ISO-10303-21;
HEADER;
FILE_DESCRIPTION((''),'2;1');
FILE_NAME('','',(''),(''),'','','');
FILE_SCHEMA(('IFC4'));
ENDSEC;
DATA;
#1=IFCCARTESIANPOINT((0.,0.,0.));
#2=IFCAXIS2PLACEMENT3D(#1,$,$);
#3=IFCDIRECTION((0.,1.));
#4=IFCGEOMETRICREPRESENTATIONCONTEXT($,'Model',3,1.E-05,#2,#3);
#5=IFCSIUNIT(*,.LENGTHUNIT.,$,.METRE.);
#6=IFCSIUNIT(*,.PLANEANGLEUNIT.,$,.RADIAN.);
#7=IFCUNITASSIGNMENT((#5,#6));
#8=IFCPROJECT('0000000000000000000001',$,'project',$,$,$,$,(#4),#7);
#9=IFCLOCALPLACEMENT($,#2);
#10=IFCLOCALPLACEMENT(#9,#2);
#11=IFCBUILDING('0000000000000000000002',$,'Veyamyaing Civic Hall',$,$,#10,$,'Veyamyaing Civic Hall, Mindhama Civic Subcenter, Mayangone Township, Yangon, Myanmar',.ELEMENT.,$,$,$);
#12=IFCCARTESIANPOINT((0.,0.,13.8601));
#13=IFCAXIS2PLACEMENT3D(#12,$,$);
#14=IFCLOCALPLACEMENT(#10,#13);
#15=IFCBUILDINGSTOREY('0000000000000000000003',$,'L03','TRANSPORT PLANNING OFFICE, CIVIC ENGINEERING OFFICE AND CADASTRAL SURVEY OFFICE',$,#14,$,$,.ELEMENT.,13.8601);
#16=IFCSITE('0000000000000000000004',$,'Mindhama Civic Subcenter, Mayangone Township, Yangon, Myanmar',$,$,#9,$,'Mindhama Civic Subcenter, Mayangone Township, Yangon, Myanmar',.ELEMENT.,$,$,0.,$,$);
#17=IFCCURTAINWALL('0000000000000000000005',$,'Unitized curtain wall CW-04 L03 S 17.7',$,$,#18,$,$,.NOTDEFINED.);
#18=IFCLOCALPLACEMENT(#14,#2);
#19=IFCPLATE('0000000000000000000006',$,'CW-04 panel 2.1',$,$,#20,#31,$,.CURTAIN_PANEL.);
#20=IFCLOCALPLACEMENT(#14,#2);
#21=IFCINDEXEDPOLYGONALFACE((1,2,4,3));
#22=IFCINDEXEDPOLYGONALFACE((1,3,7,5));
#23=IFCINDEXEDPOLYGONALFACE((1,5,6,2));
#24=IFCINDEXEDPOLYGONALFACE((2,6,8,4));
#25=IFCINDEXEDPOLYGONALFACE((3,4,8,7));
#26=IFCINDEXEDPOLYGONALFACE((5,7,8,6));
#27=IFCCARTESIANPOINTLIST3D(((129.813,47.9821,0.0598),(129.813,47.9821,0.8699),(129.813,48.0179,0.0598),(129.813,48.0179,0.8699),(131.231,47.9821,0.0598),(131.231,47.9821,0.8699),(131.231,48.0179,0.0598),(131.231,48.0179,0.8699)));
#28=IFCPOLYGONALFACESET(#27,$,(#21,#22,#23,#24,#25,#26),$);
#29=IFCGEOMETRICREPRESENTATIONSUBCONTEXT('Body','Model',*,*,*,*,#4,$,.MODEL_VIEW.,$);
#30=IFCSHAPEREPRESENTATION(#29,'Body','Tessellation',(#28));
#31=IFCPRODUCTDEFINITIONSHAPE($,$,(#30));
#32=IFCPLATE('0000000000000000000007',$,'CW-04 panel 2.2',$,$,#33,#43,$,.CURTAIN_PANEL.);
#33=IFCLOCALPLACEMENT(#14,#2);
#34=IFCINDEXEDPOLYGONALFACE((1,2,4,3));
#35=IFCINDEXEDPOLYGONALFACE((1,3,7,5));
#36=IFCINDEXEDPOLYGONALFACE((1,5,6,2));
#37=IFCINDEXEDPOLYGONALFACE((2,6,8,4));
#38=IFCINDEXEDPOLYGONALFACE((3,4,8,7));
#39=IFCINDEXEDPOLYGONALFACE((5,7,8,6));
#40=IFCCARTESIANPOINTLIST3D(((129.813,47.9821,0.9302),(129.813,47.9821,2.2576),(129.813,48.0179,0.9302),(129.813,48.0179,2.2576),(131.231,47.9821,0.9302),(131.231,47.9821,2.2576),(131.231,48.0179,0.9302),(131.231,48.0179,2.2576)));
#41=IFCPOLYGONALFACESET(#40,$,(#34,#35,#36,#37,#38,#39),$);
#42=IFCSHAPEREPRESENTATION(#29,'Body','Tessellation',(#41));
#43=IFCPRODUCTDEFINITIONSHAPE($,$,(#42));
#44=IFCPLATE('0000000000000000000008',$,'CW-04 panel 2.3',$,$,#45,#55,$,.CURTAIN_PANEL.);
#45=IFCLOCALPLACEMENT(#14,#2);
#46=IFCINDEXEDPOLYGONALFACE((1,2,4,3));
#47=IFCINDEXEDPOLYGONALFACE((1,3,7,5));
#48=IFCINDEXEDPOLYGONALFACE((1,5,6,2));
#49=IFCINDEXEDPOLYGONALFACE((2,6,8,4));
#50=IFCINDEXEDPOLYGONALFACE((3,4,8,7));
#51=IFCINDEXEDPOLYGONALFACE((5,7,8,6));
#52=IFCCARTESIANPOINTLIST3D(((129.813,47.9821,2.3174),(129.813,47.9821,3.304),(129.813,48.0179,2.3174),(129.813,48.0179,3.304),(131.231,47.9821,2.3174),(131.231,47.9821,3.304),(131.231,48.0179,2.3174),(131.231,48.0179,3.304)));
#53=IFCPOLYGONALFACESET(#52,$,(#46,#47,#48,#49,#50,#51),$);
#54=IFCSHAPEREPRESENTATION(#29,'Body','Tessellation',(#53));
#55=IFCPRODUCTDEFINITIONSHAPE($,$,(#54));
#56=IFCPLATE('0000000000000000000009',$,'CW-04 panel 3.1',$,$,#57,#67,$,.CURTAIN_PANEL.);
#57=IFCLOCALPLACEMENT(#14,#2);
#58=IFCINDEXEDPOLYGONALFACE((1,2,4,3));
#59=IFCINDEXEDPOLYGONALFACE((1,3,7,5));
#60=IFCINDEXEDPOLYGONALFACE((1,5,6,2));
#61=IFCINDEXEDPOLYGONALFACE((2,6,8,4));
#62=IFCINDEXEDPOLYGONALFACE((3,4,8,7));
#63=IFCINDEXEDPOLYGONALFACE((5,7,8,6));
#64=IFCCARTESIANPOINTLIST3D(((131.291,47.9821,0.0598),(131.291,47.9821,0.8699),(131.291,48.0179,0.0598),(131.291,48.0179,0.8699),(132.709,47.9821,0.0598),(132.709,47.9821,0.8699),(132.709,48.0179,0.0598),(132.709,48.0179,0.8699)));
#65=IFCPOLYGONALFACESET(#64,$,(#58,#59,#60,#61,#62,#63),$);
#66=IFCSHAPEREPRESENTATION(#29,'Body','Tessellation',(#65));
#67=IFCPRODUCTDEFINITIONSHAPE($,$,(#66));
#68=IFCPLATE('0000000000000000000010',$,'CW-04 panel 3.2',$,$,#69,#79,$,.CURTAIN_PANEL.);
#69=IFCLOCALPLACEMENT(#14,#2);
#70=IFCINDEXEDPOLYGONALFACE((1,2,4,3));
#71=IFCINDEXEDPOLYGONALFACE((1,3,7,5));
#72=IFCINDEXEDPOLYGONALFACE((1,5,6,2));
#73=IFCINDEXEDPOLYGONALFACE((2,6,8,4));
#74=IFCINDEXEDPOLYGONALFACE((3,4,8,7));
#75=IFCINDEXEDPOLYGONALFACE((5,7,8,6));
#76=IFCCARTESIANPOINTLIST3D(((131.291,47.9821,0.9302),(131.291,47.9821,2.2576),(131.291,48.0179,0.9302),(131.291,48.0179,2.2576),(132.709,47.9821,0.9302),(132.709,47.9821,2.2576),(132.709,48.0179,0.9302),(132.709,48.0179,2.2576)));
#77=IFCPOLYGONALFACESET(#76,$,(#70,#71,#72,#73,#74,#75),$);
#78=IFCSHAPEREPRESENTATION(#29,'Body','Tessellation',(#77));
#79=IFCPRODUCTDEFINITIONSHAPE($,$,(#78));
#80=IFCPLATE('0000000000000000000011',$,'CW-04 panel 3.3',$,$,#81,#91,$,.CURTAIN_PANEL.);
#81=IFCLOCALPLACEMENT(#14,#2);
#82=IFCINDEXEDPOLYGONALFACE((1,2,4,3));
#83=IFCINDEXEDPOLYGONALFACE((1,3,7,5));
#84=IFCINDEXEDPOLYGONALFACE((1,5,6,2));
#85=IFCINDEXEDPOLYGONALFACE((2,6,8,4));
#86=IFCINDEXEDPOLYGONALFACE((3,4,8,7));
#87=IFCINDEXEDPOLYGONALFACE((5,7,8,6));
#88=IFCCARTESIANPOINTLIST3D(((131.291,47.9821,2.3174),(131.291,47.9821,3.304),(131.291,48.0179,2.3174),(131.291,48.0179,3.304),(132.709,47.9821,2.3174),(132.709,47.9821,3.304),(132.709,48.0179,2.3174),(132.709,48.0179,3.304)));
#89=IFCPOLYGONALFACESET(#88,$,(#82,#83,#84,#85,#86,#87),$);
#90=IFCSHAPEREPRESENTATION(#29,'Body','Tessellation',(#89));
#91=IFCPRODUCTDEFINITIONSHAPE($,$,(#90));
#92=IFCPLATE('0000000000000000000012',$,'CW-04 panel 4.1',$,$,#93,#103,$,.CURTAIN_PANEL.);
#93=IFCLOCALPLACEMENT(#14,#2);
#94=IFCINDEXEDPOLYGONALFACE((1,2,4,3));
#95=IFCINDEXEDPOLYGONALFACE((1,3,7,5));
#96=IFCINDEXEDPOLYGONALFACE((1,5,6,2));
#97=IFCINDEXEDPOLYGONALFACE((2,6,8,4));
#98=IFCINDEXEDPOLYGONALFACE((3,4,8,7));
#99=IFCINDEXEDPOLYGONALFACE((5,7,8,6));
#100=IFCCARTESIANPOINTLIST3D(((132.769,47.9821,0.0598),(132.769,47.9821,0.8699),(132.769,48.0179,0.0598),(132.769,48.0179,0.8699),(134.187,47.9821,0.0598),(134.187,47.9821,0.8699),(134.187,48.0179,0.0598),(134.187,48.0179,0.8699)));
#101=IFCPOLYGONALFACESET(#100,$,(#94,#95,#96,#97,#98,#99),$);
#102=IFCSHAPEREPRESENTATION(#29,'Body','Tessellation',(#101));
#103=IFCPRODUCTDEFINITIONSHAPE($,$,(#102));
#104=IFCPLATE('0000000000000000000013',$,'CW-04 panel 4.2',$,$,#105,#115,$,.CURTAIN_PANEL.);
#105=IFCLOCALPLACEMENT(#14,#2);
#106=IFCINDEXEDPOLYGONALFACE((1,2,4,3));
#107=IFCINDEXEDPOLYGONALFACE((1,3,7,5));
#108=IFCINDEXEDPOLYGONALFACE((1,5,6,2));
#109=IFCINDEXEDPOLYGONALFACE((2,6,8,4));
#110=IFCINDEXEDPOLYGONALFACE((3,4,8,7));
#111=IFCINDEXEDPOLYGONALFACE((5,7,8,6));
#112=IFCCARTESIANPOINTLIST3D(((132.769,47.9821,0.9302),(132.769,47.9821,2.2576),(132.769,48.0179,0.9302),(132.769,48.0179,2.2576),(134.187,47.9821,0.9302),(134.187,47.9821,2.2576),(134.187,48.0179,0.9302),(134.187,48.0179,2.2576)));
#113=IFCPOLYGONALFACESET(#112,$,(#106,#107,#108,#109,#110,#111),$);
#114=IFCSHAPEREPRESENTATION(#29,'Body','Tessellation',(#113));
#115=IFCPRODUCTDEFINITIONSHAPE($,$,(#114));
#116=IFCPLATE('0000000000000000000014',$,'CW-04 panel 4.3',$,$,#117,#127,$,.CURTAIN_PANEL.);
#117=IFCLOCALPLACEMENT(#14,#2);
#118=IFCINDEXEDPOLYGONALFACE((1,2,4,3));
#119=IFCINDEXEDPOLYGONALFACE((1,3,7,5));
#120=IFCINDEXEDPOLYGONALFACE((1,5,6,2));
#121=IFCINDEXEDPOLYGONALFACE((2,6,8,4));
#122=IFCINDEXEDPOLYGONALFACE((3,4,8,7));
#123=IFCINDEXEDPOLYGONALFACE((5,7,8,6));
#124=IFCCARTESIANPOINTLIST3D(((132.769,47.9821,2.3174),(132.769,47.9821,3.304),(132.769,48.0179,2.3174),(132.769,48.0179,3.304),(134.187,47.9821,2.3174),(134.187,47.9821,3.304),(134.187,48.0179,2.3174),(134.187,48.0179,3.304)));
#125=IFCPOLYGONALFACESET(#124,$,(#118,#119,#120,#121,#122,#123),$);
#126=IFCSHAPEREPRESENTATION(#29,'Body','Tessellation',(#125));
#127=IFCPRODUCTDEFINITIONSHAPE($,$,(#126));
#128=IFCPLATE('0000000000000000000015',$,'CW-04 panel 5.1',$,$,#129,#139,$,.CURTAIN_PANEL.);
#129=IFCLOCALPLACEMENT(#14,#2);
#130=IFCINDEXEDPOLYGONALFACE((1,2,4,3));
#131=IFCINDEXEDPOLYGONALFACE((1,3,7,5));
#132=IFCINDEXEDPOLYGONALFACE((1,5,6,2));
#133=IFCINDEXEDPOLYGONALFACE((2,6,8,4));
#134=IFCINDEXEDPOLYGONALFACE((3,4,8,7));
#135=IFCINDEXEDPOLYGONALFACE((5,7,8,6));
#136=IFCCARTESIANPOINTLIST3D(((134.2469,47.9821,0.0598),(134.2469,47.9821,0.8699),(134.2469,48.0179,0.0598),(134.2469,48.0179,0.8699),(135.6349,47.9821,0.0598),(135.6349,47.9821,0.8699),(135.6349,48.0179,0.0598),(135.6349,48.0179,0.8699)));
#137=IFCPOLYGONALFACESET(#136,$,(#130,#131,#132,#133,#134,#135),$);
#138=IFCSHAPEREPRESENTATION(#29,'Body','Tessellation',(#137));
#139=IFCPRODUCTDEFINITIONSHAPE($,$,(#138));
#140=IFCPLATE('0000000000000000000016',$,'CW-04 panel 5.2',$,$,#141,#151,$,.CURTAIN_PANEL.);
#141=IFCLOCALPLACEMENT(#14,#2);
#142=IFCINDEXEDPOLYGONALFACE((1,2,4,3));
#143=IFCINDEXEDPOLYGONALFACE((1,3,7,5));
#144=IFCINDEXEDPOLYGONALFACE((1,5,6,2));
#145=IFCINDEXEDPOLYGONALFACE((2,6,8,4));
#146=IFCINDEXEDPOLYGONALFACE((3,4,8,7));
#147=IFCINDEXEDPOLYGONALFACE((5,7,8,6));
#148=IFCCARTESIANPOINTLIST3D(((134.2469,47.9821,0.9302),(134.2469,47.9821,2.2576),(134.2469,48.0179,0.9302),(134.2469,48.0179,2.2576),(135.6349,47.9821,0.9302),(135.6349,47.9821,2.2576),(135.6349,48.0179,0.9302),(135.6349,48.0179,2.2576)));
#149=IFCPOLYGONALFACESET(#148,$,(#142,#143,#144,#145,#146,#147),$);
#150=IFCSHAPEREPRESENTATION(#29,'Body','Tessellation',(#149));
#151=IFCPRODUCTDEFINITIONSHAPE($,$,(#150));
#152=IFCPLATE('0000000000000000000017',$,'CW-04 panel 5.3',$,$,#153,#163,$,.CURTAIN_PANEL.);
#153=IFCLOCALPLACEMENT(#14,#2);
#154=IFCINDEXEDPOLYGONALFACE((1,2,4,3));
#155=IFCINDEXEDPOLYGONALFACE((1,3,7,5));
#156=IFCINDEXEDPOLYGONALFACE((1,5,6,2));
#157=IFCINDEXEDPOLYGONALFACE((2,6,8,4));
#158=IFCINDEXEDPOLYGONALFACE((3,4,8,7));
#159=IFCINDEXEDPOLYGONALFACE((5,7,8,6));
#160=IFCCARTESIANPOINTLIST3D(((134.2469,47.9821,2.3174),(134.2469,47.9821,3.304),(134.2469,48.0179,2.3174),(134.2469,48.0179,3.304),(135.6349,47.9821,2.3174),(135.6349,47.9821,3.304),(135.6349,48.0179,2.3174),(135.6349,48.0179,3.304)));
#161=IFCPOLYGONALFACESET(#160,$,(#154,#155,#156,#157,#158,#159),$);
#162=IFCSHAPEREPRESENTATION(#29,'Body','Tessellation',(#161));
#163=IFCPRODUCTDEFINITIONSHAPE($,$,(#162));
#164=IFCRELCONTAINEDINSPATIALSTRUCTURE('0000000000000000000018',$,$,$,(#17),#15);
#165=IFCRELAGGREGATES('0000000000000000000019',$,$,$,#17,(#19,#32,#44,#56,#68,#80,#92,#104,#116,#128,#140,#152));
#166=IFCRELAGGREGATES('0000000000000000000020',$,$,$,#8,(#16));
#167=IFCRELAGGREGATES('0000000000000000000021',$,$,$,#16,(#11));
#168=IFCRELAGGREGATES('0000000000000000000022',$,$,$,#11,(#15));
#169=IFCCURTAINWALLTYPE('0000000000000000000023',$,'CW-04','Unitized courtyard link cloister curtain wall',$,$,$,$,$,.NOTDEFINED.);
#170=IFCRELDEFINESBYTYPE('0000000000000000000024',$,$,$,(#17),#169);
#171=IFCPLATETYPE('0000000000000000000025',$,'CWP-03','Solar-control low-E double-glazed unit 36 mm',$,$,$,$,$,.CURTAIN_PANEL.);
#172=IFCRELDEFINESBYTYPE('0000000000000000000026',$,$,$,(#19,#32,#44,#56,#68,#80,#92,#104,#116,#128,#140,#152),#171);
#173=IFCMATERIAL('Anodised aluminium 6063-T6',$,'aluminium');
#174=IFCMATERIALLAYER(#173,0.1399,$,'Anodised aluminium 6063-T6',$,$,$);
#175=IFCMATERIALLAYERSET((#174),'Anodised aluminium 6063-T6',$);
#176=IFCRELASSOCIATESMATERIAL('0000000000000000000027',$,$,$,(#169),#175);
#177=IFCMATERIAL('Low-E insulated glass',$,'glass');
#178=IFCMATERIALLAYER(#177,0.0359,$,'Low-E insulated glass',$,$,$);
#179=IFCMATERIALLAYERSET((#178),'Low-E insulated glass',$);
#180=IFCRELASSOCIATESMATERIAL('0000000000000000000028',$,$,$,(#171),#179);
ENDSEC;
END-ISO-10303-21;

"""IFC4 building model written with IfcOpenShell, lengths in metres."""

from ifc_helpers import new_model, si_unit, direction, frame, origin, origin_2d, place, context, subcontext, project, spatial, rectangle, extrude, material, layer, layer_set, type_object, element, aggregate, save


model = new_model("IFC4")

# Units and contexts
model_context = context("Model", 3, precision=1e-05, world=origin(), true_north=direction((0.0, 1.0)))
body_context = subcontext(model_context, "Body", "Model", "MODEL_VIEW")
ifc_project = project(units=[si_unit("LENGTHUNIT", "METRE"), si_unit("PLANEANGLEUNIT", "RADIAN")], contexts=[model_context])

# Site, building, storey
site_placement = place(None, origin())
site = spatial("IfcSite", under=ifc_project, at=site_placement, Name="Mindhama Civic Subcenter, Mayangone Township, Yangon, Myanmar", LongName="Mindhama Civic Subcenter, Mayangone Township, Yangon, Myanmar", CompositionType="ELEMENT", RefElevation=0.0)
building_placement = place(site_placement, origin())
building = spatial("IfcBuilding", under=site, at=building_placement, Name="Veyamyaing Civic Hall", LongName="Veyamyaing Civic Hall, Mindhama Civic Subcenter, Mayangone Township, Yangon, Myanmar", CompositionType="ELEMENT")
storey_placement = place(building_placement, frame((0.0, 0.0, 13.8601)))
storey = spatial("IfcBuildingStorey", under=building, at=storey_placement, Name="L03", Description="TRANSPORT PLANNING OFFICE, CIVIC ENGINEERING OFFICE AND CADASTRAL SURVEY OFFICE", CompositionType="ELEMENT", Elevation=13.8601)

# Curtain wall
ifc_material_1 = material(Name="Anodised aluminium 6063-T6", Category="aluminium")
ifc_layer_1 = layer(ifc_material_1, 0.1399, Name="Anodised aluminium 6063-T6")
ifc_layer_set_1 = layer_set([ifc_layer_1], Name="Anodised aluminium 6063-T6")
curtain_wall_type = type_object("IfcCurtainWallType", Name="CW-04", Description="Unitized courtyard link cloister curtain wall", PredefinedType="NOTDEFINED", material=ifc_layer_set_1)
curtain_wall_placement = place(storey_placement, origin())
curtain_wall = element("IfcCurtainWall", 1, at=curtain_wall_placement, inside=storey, type_object=curtain_wall_type, Name="Unitized curtain wall CW-04 L03 S 17.7", PredefinedType="NOTDEFINED")

# Plates
ifc_material_2 = material(Name="Low-E insulated glass", Category="glass")
ifc_layer_2 = layer(ifc_material_2, 0.0359, Name="Low-E insulated glass")
ifc_layer_set_2 = layer_set([ifc_layer_2], Name="Low-E insulated glass")
plate_type = type_object("IfcPlateType", Name="CWP-03", Description="Solar-control low-E double-glazed unit 36 mm", PredefinedType="CURTAIN_PANEL", material=ifc_layer_set_2)
plate_1_placement = place(storey_placement, frame((130.522, 48.0, 0.0598), z_axis=(0.0, 0.0, 1.0), x_axis=(1.0, 0.0, 0.0)))
plate_1 = element("IfcPlate", 2, at=plate_1_placement, type_object=plate_type, Name="CW-04 panel 2.1", PredefinedType="CURTAIN_PANEL", context=body_context, shape_type="SweptSolid", body=[
    extrude(rectangle(XDim=1.418, YDim=0.0359, at=origin_2d()), origin(), (0.0, 0.0, 1.0), 0.8101),
])
plate_2_placement = place(storey_placement, frame((130.522, 48.0, 0.9302), z_axis=(0.0, 0.0, 1.0), x_axis=(1.0, 0.0, 0.0)))
plate_2 = element("IfcPlate", 3, at=plate_2_placement, type_object=plate_type, Name="CW-04 panel 2.2", PredefinedType="CURTAIN_PANEL", context=body_context, shape_type="SweptSolid", body=[
    extrude(rectangle(XDim=1.418, YDim=0.0359, at=origin_2d()), origin(), (0.0, 0.0, 1.0), 1.3274),
])
plate_3_placement = place(storey_placement, frame((130.522, 48.0, 2.3174), z_axis=(0.0, 0.0, 1.0), x_axis=(1.0, 0.0, 0.0)))
plate_3 = element("IfcPlate", 4, at=plate_3_placement, type_object=plate_type, Name="CW-04 panel 2.3", PredefinedType="CURTAIN_PANEL", context=body_context, shape_type="SweptSolid", body=[
    extrude(rectangle(XDim=1.418, YDim=0.0359, at=origin_2d()), origin(), (0.0, 0.0, 1.0), 0.9866),
])
plate_4_placement = place(storey_placement, frame((132.0, 48.0, 0.0598), z_axis=(0.0, 0.0, 1.0), x_axis=(1.0, 0.0, 0.0)))
plate_4 = element("IfcPlate", 5, at=plate_4_placement, type_object=plate_type, Name="CW-04 panel 3.1", PredefinedType="CURTAIN_PANEL", context=body_context, shape_type="SweptSolid", body=[
    extrude(rectangle(XDim=1.418, YDim=0.0359, at=origin_2d()), origin(), (0.0, 0.0, 1.0), 0.8101),
])
plate_5_placement = place(storey_placement, frame((132.0, 48.0, 0.9302), z_axis=(0.0, 0.0, 1.0), x_axis=(1.0, 0.0, 0.0)))
plate_5 = element("IfcPlate", 6, at=plate_5_placement, type_object=plate_type, Name="CW-04 panel 3.2", PredefinedType="CURTAIN_PANEL", context=body_context, shape_type="SweptSolid", body=[
    extrude(rectangle(XDim=1.418, YDim=0.0359, at=origin_2d()), origin(), (0.0, 0.0, 1.0), 1.3274),
])
plate_6_placement = place(storey_placement, frame((132.0, 48.0, 2.3174), z_axis=(0.0, 0.0, 1.0), x_axis=(1.0, 0.0, 0.0)))
plate_6 = element("IfcPlate", 7, at=plate_6_placement, type_object=plate_type, Name="CW-04 panel 3.3", PredefinedType="CURTAIN_PANEL", context=body_context, shape_type="SweptSolid", body=[
    extrude(rectangle(XDim=1.418, YDim=0.0359, at=origin_2d()), origin(), (0.0, 0.0, 1.0), 0.9866),
])
plate_7_placement = place(storey_placement, frame((133.478, 48.0, 0.0598), z_axis=(0.0, 0.0, 1.0), x_axis=(1.0, 0.0, 0.0)))
plate_7 = element("IfcPlate", 8, at=plate_7_placement, type_object=plate_type, Name="CW-04 panel 4.1", PredefinedType="CURTAIN_PANEL", context=body_context, shape_type="SweptSolid", body=[
    extrude(rectangle(XDim=1.418, YDim=0.0359, at=origin_2d()), origin(), (0.0, 0.0, 1.0), 0.8101),
])
plate_8_placement = place(storey_placement, frame((133.478, 48.0, 0.9302), z_axis=(0.0, 0.0, 1.0), x_axis=(1.0, 0.0, 0.0)))
plate_8 = element("IfcPlate", 9, at=plate_8_placement, type_object=plate_type, Name="CW-04 panel 4.2", PredefinedType="CURTAIN_PANEL", context=body_context, shape_type="SweptSolid", body=[
    extrude(rectangle(XDim=1.418, YDim=0.0359, at=origin_2d()), origin(), (0.0, 0.0, 1.0), 1.3274),
])
plate_9_placement = place(storey_placement, frame((133.478, 48.0, 2.3174), z_axis=(0.0, 0.0, 1.0), x_axis=(1.0, 0.0, 0.0)))
plate_9 = element("IfcPlate", 10, at=plate_9_placement, type_object=plate_type, Name="CW-04 panel 4.3", PredefinedType="CURTAIN_PANEL", context=body_context, shape_type="SweptSolid", body=[
    extrude(rectangle(XDim=1.418, YDim=0.0359, at=origin_2d()), origin(), (0.0, 0.0, 1.0), 0.9866),
])
plate_10_placement = place(storey_placement, frame((134.9409, 48.0, 0.0598), z_axis=(0.0, 0.0, 1.0), x_axis=(1.0, 0.0, 0.0)))
plate_10 = element("IfcPlate", 11, at=plate_10_placement, type_object=plate_type, Name="CW-04 panel 5.1", PredefinedType="CURTAIN_PANEL", context=body_context, shape_type="SweptSolid", body=[
    extrude(rectangle(XDim=1.3879, YDim=0.0359, at=origin_2d()), origin(), (0.0, 0.0, 1.0), 0.8101),
])
plate_11_placement = place(storey_placement, frame((134.9409, 48.0, 0.9302), z_axis=(0.0, 0.0, 1.0), x_axis=(1.0, 0.0, 0.0)))
plate_11 = element("IfcPlate", 12, at=plate_11_placement, type_object=plate_type, Name="CW-04 panel 5.2", PredefinedType="CURTAIN_PANEL", context=body_context, shape_type="SweptSolid", body=[
    extrude(rectangle(XDim=1.3879, YDim=0.0359, at=origin_2d()), origin(), (0.0, 0.0, 1.0), 1.3274),
])
plate_12_placement = place(storey_placement, frame((134.9409, 48.0, 2.3174), z_axis=(0.0, 0.0, 1.0), x_axis=(1.0, 0.0, 0.0)))
plate_12 = element("IfcPlate", 13, at=plate_12_placement, type_object=plate_type, Name="CW-04 panel 5.3", PredefinedType="CURTAIN_PANEL", context=body_context, shape_type="SweptSolid", body=[
    extrude(rectangle(XDim=1.3879, YDim=0.0359, at=origin_2d()), origin(), (0.0, 0.0, 1.0), 0.9866),
])
aggregate(curtain_wall, [plate_1, plate_2, plate_3, plate_4, plate_5, plate_6, plate_7, plate_8, plate_9, plate_10, plate_11, plate_12])

save(model, "model.ifc")
